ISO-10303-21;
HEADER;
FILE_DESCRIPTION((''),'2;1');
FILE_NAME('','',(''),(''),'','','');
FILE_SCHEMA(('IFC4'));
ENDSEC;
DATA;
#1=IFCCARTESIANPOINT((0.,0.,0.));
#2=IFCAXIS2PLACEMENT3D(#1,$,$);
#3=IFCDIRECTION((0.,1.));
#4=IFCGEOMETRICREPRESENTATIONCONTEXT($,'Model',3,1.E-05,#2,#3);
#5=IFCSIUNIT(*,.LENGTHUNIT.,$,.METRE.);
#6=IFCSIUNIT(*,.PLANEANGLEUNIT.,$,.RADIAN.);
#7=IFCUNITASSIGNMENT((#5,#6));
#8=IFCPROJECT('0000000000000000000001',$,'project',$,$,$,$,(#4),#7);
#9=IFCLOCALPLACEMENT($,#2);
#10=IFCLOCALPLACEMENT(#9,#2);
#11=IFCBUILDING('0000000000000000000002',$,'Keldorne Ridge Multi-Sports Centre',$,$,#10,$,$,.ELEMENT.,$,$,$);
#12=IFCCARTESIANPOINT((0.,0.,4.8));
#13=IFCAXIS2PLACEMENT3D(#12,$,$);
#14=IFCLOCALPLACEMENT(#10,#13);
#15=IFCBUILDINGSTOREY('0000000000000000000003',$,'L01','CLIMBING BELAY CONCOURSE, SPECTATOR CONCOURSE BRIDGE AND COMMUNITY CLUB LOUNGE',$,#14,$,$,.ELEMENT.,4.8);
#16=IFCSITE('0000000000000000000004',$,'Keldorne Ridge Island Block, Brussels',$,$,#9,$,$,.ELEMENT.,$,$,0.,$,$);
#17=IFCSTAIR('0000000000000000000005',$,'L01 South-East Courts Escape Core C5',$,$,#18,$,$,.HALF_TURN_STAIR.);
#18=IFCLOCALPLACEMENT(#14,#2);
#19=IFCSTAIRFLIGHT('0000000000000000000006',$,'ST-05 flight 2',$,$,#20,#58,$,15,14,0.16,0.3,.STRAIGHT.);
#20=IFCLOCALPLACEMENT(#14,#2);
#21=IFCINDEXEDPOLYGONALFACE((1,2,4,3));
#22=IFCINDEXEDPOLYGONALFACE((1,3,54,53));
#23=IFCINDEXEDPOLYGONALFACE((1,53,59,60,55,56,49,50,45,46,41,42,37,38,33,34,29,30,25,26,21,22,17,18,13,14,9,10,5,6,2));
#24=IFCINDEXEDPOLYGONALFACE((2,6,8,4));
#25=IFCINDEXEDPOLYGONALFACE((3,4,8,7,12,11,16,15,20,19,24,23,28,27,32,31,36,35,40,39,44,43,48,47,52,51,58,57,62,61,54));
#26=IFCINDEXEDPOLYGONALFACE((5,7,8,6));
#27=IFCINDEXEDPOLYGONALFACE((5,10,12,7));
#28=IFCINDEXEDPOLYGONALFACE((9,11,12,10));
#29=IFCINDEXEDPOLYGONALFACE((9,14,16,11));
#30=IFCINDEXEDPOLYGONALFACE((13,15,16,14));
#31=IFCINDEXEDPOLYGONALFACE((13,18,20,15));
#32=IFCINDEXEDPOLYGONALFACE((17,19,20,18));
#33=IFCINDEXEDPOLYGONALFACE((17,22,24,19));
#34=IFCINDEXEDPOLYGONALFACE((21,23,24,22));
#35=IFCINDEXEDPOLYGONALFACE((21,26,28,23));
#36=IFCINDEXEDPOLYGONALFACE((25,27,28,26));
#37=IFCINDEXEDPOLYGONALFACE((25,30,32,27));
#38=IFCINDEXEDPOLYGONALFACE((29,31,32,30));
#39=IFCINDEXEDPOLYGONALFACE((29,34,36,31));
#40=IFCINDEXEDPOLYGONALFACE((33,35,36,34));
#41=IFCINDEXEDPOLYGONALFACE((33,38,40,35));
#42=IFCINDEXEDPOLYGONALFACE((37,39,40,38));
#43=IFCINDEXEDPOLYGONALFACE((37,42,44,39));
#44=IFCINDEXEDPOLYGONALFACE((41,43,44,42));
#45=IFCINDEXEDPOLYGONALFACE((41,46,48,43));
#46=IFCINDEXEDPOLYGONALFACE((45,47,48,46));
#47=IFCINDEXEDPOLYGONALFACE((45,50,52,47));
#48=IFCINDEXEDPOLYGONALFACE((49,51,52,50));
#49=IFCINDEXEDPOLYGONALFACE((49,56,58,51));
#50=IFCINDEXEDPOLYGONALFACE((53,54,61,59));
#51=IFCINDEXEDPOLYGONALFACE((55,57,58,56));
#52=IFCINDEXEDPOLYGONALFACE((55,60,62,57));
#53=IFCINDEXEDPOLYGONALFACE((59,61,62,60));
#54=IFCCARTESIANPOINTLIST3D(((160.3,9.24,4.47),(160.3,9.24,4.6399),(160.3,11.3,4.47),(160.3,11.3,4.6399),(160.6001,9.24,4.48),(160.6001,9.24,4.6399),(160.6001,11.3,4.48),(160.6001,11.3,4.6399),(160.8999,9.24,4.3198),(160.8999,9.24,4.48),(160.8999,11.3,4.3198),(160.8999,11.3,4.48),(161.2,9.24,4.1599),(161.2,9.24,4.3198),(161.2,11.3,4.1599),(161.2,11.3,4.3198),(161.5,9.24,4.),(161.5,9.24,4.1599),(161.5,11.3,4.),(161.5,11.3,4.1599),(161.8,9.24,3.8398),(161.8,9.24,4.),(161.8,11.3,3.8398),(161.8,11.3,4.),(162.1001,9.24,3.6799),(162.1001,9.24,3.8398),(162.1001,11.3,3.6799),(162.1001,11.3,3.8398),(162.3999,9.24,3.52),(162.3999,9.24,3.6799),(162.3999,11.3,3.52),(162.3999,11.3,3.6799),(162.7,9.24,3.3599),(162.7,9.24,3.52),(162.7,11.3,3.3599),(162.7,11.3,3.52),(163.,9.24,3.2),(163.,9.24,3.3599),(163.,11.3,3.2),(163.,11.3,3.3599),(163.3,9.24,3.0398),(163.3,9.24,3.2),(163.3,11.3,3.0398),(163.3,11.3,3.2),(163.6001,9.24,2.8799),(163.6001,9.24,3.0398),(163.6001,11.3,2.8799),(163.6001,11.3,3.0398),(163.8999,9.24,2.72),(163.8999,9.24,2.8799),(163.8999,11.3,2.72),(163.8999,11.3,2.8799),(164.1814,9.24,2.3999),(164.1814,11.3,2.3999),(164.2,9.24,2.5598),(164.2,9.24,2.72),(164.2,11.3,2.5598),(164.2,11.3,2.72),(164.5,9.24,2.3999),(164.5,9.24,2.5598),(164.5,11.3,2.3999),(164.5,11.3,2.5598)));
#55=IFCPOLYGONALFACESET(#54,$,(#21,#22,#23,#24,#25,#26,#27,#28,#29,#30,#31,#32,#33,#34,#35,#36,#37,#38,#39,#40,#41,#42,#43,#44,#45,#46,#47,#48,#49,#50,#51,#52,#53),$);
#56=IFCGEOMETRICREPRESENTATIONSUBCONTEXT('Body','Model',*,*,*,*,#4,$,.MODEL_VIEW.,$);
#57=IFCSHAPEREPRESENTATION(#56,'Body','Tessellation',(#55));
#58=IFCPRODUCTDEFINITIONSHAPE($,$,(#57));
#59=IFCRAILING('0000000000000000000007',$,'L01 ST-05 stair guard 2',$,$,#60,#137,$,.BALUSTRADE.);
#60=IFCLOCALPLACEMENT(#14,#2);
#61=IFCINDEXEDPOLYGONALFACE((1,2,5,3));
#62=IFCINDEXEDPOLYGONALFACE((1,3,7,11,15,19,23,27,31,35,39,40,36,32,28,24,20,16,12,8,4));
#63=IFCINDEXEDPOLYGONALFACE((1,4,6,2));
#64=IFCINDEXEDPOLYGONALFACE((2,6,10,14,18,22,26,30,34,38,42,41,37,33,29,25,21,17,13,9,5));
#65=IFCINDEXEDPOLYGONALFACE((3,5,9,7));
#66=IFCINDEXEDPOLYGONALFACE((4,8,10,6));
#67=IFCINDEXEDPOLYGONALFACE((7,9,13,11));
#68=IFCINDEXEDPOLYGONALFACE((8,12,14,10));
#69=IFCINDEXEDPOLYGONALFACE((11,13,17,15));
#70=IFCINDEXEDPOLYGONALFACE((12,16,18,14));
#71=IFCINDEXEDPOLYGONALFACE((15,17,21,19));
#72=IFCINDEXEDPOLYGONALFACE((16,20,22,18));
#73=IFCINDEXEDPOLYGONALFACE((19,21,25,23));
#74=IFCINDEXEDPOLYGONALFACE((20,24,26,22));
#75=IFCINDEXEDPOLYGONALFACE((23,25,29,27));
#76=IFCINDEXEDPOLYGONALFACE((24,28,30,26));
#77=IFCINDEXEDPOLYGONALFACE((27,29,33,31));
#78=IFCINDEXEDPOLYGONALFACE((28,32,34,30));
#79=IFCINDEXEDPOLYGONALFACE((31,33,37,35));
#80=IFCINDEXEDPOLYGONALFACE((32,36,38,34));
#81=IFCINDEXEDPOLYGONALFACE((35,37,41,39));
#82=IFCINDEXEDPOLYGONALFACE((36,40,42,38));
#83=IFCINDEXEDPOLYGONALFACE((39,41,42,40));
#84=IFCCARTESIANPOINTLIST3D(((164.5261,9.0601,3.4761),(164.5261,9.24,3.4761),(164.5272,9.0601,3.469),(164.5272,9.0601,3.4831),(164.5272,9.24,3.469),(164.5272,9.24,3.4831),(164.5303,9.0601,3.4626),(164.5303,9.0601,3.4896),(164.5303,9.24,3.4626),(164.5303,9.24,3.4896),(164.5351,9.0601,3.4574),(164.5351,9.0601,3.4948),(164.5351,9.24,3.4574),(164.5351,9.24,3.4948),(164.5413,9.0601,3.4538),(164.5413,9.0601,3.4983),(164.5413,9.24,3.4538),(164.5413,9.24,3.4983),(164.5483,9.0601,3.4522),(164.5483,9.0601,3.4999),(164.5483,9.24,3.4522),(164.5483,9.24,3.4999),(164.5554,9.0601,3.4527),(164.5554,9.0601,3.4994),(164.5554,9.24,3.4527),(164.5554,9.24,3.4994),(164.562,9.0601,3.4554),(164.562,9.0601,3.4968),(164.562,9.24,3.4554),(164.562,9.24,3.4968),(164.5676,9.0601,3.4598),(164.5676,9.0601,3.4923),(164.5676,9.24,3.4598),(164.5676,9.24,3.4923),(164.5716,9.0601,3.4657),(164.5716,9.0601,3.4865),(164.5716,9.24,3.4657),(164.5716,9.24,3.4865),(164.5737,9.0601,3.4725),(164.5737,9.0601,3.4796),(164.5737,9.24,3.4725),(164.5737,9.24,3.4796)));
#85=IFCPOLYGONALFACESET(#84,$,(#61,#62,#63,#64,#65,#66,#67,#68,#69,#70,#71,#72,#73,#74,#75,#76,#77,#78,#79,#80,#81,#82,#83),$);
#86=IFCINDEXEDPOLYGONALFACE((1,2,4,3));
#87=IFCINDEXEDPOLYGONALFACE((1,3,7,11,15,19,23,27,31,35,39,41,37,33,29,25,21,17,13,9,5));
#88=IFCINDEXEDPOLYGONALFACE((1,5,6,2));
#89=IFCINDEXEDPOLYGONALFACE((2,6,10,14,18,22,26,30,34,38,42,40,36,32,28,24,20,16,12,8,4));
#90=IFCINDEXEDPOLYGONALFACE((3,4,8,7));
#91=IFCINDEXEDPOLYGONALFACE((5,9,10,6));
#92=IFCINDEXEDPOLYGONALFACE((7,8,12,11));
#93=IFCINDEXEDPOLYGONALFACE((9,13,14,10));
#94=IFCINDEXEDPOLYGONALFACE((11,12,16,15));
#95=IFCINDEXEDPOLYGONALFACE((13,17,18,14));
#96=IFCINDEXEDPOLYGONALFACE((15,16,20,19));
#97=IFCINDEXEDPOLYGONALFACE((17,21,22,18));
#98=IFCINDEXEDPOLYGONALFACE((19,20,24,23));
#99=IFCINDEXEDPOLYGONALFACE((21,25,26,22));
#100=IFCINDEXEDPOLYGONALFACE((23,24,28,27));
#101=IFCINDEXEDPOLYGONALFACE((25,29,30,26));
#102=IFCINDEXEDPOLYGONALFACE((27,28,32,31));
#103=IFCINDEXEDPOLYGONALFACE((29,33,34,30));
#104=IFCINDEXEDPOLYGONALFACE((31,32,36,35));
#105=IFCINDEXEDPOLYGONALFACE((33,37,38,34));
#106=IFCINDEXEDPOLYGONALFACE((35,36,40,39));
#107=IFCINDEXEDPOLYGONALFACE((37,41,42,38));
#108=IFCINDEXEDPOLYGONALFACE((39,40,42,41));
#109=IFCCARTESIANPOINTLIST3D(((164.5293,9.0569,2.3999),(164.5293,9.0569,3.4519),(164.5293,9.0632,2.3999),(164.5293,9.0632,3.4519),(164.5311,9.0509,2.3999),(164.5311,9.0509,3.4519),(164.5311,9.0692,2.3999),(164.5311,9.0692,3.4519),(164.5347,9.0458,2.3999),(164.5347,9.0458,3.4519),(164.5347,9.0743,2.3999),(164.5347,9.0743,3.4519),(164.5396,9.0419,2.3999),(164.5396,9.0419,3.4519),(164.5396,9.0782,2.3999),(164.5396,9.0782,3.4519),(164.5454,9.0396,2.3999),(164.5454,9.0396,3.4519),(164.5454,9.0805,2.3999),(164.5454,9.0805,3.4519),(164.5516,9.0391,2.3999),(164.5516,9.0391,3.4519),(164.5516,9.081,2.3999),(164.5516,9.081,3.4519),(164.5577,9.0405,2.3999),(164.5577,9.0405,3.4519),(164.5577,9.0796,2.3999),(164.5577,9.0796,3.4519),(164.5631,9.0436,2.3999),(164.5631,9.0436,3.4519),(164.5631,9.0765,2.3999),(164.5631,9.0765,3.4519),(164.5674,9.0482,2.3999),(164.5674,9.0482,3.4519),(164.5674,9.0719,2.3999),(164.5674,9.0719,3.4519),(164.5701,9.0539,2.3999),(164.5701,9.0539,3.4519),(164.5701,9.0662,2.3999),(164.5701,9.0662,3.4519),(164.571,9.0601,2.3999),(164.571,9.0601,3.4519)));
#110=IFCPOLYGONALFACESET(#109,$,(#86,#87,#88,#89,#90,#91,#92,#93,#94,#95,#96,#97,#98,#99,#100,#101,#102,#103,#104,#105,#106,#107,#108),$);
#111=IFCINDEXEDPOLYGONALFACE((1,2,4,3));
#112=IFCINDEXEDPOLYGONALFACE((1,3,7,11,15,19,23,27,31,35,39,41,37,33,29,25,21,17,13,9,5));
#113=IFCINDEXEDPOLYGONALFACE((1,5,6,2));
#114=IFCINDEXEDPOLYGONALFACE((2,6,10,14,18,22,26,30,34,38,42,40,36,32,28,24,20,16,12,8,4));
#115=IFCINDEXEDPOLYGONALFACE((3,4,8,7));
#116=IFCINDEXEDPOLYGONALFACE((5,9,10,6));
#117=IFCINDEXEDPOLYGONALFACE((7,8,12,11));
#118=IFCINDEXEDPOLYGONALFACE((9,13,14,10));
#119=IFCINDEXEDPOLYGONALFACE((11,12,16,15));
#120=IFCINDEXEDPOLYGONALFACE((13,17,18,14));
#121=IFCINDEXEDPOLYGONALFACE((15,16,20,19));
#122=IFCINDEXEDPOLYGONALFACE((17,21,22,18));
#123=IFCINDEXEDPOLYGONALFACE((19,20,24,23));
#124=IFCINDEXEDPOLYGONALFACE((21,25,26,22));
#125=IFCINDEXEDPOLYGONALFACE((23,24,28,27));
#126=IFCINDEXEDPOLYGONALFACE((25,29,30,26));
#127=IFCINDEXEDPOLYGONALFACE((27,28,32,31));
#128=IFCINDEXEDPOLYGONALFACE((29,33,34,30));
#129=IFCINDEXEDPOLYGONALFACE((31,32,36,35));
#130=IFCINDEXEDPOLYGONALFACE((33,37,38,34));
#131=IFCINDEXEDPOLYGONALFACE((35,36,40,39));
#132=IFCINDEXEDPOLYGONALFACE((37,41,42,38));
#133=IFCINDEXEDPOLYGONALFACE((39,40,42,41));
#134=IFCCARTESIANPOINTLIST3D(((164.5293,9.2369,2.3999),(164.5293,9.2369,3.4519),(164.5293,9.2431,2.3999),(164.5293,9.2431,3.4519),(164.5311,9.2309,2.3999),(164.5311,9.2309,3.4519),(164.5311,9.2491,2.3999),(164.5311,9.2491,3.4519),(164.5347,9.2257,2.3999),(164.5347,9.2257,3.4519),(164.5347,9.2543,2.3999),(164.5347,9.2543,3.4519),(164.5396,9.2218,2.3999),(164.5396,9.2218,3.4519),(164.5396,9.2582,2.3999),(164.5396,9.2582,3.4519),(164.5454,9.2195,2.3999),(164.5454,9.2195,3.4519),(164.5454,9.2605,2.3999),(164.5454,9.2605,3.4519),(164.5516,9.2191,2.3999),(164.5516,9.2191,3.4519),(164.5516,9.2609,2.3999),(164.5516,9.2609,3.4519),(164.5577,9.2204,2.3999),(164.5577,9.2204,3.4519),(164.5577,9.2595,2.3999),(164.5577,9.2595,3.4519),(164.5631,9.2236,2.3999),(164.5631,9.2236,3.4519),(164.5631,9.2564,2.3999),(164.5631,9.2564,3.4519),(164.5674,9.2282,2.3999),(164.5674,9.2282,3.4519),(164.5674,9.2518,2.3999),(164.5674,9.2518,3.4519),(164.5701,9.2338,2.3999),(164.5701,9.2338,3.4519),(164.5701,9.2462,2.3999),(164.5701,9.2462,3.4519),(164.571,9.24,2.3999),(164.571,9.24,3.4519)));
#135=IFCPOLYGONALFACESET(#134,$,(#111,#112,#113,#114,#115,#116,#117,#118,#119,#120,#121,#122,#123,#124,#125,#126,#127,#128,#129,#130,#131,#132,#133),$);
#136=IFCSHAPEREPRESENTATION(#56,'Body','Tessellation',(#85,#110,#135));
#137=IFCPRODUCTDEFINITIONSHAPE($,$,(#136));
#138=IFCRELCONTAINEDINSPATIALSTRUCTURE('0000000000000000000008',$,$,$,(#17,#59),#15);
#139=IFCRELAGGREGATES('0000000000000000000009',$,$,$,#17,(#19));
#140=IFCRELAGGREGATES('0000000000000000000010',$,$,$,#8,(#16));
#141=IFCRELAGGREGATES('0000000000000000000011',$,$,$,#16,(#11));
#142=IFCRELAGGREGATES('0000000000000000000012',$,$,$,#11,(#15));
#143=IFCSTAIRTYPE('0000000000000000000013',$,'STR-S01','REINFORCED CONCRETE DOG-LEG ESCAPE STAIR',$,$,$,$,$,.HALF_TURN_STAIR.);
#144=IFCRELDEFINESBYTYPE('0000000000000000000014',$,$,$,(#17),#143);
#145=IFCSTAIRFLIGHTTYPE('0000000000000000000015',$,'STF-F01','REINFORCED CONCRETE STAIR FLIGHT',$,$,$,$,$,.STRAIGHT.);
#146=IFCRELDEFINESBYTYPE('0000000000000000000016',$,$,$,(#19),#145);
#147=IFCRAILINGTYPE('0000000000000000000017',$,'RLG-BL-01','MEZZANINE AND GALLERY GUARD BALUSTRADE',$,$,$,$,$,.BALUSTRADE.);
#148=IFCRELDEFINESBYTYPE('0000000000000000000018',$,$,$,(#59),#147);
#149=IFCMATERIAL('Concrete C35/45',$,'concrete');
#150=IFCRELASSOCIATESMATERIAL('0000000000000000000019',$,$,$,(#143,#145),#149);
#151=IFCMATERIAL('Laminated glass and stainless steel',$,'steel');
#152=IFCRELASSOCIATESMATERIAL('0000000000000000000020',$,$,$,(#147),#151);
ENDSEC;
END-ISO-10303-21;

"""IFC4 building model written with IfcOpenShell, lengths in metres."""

from ifc_helpers import new_model, si_unit, direction, frame, origin, origin_2d, place, context, subcontext, project, spatial, polyline, circle, outline, extrude, material, type_object, element, aggregate, save


model = new_model("IFC4")

# Units and contexts
model_context = context("Model", 3, precision=1e-05, world=origin(), true_north=direction((0.0, 1.0)))
body_context = subcontext(model_context, "Body", "Model", "MODEL_VIEW")
ifc_project = project(units=[si_unit("LENGTHUNIT", "METRE"), si_unit("PLANEANGLEUNIT", "RADIAN")], contexts=[model_context])

# Site, building, storey
site_placement = place(None, origin())
site = spatial("IfcSite", under=ifc_project, at=site_placement, Name="Keldorne Ridge Island Block, Brussels", CompositionType="ELEMENT", RefElevation=0.0)
building_placement = place(site_placement, origin())
building = spatial("IfcBuilding", under=site, at=building_placement, Name="Keldorne Ridge Multi-Sports Centre", CompositionType="ELEMENT")
storey_placement = place(building_placement, frame((0.0, 0.0, 4.8)))
storey = spatial("IfcBuildingStorey", under=building, at=storey_placement, Name="L01", Description="CLIMBING BELAY CONCOURSE, SPECTATOR CONCOURSE BRIDGE AND COMMUNITY CLUB LOUNGE", CompositionType="ELEMENT", Elevation=4.8)

# Stair, stair flight
ifc_material_1 = material(Name="Concrete C35/45", Category="concrete")
stair_type = type_object("IfcStairType", Name="STR-S01", Description="REINFORCED CONCRETE DOG-LEG ESCAPE STAIR", PredefinedType="HALF_TURN_STAIR", material=ifc_material_1)
stair_placement = place(storey_placement, origin())
stair = element("IfcStair", 1, at=stair_placement, inside=storey, type_object=stair_type, Name="L01 South-East Courts Escape Core C5", PredefinedType="HALF_TURN_STAIR")
stair_flight_type = type_object("IfcStairFlightType", Name="STF-F01", Description="REINFORCED CONCRETE STAIR FLIGHT", PredefinedType="STRAIGHT", material=ifc_material_1)
stair_flight_placement = place(storey_placement, frame((164.5, 10.27, 2.3999), z_axis=(0.0, 0.0, 1.0), x_axis=(-1.0, 0.0, 0.0)))
stair_flight = element("IfcStairFlight", 2, at=stair_flight_placement, type_object=stair_flight_type, Name="ST-05 flight 2", NumberOfRisers=15, NumberOfTreads=14, PredefinedType="STRAIGHT", RiserHeight=0.16, TreadLength=0.3, context=body_context, shape_type="SweptSolid", body=[
    extrude(outline(polyline([(0.0, 0.0), (0.0, 0.1599), (0.3, 0.1599), (0.3, 0.3201), (0.6001, 0.3201), (0.6001, 0.48), (0.8999, 0.48), (0.8999, 0.6399), (1.2, 0.6399), (1.2, 0.8), (1.5, 0.8), (1.5, 0.96), (1.8, 0.96), (1.8, 1.1201), (2.1001, 1.1201), (2.1001, 1.28), (2.3999, 1.28), (2.3999, 1.4399), (2.7, 1.4399), (2.7, 1.6001), (3.0, 1.6001), (3.0, 1.76), (3.3, 1.76), (3.3, 1.9199), (3.6001, 1.9199), (3.6001, 2.0801), (3.8999, 2.0801), (3.8999, 2.24), (4.2, 2.24), (4.2, 2.3999), (4.2, 2.0701), (0.3186, 0.0), (0.0, 0.0)])), frame((0.0, 1.03, 0.0), z_axis=(0.0, -1.0, 0.0), x_axis=(1.0, 0.0, 0.0)), (0.0, 0.0, 1.0), 2.0601),
])
aggregate(stair, [stair_flight])

# Railing
ifc_material_2 = material(Name="Laminated glass and stainless steel", Category="steel")
railing_type_1 = type_object("IfcRailingType", Name="RLG-BL-01", Description="MEZZANINE AND GALLERY GUARD BALUSTRADE", PredefinedType="BALUSTRADE", material=ifc_material_2)
railing_1_placement = place(storey_placement, frame((164.55, 9.0601, 2.3999)))
element("IfcRailing", 3, at=railing_1_placement, inside=storey, type_object=railing_type_1, Name="L01 ST-05 stair guard 2", PredefinedType="BALUSTRADE", context=body_context, shape_type="SweptSolid", body=[
    extrude(circle(Radius=0.0239, at=origin_2d()), frame((0.0, 0.0, 1.0762), z_axis=(0.0, 1.0, 0.0), x_axis=(-1.0, 0.0, 0.0)), (0.0, 0.0, 1.0), 0.1799),
    extrude(circle(Radius=0.021, at=origin_2d()), origin(), (0.0, 0.0, 1.0), 1.052),
    extrude(circle(Radius=0.021, at=origin_2d()), frame((0.0, 0.1799, 0.0)), (0.0, 0.0, 1.0), 1.052),
])

save(model, "model.ifc")
